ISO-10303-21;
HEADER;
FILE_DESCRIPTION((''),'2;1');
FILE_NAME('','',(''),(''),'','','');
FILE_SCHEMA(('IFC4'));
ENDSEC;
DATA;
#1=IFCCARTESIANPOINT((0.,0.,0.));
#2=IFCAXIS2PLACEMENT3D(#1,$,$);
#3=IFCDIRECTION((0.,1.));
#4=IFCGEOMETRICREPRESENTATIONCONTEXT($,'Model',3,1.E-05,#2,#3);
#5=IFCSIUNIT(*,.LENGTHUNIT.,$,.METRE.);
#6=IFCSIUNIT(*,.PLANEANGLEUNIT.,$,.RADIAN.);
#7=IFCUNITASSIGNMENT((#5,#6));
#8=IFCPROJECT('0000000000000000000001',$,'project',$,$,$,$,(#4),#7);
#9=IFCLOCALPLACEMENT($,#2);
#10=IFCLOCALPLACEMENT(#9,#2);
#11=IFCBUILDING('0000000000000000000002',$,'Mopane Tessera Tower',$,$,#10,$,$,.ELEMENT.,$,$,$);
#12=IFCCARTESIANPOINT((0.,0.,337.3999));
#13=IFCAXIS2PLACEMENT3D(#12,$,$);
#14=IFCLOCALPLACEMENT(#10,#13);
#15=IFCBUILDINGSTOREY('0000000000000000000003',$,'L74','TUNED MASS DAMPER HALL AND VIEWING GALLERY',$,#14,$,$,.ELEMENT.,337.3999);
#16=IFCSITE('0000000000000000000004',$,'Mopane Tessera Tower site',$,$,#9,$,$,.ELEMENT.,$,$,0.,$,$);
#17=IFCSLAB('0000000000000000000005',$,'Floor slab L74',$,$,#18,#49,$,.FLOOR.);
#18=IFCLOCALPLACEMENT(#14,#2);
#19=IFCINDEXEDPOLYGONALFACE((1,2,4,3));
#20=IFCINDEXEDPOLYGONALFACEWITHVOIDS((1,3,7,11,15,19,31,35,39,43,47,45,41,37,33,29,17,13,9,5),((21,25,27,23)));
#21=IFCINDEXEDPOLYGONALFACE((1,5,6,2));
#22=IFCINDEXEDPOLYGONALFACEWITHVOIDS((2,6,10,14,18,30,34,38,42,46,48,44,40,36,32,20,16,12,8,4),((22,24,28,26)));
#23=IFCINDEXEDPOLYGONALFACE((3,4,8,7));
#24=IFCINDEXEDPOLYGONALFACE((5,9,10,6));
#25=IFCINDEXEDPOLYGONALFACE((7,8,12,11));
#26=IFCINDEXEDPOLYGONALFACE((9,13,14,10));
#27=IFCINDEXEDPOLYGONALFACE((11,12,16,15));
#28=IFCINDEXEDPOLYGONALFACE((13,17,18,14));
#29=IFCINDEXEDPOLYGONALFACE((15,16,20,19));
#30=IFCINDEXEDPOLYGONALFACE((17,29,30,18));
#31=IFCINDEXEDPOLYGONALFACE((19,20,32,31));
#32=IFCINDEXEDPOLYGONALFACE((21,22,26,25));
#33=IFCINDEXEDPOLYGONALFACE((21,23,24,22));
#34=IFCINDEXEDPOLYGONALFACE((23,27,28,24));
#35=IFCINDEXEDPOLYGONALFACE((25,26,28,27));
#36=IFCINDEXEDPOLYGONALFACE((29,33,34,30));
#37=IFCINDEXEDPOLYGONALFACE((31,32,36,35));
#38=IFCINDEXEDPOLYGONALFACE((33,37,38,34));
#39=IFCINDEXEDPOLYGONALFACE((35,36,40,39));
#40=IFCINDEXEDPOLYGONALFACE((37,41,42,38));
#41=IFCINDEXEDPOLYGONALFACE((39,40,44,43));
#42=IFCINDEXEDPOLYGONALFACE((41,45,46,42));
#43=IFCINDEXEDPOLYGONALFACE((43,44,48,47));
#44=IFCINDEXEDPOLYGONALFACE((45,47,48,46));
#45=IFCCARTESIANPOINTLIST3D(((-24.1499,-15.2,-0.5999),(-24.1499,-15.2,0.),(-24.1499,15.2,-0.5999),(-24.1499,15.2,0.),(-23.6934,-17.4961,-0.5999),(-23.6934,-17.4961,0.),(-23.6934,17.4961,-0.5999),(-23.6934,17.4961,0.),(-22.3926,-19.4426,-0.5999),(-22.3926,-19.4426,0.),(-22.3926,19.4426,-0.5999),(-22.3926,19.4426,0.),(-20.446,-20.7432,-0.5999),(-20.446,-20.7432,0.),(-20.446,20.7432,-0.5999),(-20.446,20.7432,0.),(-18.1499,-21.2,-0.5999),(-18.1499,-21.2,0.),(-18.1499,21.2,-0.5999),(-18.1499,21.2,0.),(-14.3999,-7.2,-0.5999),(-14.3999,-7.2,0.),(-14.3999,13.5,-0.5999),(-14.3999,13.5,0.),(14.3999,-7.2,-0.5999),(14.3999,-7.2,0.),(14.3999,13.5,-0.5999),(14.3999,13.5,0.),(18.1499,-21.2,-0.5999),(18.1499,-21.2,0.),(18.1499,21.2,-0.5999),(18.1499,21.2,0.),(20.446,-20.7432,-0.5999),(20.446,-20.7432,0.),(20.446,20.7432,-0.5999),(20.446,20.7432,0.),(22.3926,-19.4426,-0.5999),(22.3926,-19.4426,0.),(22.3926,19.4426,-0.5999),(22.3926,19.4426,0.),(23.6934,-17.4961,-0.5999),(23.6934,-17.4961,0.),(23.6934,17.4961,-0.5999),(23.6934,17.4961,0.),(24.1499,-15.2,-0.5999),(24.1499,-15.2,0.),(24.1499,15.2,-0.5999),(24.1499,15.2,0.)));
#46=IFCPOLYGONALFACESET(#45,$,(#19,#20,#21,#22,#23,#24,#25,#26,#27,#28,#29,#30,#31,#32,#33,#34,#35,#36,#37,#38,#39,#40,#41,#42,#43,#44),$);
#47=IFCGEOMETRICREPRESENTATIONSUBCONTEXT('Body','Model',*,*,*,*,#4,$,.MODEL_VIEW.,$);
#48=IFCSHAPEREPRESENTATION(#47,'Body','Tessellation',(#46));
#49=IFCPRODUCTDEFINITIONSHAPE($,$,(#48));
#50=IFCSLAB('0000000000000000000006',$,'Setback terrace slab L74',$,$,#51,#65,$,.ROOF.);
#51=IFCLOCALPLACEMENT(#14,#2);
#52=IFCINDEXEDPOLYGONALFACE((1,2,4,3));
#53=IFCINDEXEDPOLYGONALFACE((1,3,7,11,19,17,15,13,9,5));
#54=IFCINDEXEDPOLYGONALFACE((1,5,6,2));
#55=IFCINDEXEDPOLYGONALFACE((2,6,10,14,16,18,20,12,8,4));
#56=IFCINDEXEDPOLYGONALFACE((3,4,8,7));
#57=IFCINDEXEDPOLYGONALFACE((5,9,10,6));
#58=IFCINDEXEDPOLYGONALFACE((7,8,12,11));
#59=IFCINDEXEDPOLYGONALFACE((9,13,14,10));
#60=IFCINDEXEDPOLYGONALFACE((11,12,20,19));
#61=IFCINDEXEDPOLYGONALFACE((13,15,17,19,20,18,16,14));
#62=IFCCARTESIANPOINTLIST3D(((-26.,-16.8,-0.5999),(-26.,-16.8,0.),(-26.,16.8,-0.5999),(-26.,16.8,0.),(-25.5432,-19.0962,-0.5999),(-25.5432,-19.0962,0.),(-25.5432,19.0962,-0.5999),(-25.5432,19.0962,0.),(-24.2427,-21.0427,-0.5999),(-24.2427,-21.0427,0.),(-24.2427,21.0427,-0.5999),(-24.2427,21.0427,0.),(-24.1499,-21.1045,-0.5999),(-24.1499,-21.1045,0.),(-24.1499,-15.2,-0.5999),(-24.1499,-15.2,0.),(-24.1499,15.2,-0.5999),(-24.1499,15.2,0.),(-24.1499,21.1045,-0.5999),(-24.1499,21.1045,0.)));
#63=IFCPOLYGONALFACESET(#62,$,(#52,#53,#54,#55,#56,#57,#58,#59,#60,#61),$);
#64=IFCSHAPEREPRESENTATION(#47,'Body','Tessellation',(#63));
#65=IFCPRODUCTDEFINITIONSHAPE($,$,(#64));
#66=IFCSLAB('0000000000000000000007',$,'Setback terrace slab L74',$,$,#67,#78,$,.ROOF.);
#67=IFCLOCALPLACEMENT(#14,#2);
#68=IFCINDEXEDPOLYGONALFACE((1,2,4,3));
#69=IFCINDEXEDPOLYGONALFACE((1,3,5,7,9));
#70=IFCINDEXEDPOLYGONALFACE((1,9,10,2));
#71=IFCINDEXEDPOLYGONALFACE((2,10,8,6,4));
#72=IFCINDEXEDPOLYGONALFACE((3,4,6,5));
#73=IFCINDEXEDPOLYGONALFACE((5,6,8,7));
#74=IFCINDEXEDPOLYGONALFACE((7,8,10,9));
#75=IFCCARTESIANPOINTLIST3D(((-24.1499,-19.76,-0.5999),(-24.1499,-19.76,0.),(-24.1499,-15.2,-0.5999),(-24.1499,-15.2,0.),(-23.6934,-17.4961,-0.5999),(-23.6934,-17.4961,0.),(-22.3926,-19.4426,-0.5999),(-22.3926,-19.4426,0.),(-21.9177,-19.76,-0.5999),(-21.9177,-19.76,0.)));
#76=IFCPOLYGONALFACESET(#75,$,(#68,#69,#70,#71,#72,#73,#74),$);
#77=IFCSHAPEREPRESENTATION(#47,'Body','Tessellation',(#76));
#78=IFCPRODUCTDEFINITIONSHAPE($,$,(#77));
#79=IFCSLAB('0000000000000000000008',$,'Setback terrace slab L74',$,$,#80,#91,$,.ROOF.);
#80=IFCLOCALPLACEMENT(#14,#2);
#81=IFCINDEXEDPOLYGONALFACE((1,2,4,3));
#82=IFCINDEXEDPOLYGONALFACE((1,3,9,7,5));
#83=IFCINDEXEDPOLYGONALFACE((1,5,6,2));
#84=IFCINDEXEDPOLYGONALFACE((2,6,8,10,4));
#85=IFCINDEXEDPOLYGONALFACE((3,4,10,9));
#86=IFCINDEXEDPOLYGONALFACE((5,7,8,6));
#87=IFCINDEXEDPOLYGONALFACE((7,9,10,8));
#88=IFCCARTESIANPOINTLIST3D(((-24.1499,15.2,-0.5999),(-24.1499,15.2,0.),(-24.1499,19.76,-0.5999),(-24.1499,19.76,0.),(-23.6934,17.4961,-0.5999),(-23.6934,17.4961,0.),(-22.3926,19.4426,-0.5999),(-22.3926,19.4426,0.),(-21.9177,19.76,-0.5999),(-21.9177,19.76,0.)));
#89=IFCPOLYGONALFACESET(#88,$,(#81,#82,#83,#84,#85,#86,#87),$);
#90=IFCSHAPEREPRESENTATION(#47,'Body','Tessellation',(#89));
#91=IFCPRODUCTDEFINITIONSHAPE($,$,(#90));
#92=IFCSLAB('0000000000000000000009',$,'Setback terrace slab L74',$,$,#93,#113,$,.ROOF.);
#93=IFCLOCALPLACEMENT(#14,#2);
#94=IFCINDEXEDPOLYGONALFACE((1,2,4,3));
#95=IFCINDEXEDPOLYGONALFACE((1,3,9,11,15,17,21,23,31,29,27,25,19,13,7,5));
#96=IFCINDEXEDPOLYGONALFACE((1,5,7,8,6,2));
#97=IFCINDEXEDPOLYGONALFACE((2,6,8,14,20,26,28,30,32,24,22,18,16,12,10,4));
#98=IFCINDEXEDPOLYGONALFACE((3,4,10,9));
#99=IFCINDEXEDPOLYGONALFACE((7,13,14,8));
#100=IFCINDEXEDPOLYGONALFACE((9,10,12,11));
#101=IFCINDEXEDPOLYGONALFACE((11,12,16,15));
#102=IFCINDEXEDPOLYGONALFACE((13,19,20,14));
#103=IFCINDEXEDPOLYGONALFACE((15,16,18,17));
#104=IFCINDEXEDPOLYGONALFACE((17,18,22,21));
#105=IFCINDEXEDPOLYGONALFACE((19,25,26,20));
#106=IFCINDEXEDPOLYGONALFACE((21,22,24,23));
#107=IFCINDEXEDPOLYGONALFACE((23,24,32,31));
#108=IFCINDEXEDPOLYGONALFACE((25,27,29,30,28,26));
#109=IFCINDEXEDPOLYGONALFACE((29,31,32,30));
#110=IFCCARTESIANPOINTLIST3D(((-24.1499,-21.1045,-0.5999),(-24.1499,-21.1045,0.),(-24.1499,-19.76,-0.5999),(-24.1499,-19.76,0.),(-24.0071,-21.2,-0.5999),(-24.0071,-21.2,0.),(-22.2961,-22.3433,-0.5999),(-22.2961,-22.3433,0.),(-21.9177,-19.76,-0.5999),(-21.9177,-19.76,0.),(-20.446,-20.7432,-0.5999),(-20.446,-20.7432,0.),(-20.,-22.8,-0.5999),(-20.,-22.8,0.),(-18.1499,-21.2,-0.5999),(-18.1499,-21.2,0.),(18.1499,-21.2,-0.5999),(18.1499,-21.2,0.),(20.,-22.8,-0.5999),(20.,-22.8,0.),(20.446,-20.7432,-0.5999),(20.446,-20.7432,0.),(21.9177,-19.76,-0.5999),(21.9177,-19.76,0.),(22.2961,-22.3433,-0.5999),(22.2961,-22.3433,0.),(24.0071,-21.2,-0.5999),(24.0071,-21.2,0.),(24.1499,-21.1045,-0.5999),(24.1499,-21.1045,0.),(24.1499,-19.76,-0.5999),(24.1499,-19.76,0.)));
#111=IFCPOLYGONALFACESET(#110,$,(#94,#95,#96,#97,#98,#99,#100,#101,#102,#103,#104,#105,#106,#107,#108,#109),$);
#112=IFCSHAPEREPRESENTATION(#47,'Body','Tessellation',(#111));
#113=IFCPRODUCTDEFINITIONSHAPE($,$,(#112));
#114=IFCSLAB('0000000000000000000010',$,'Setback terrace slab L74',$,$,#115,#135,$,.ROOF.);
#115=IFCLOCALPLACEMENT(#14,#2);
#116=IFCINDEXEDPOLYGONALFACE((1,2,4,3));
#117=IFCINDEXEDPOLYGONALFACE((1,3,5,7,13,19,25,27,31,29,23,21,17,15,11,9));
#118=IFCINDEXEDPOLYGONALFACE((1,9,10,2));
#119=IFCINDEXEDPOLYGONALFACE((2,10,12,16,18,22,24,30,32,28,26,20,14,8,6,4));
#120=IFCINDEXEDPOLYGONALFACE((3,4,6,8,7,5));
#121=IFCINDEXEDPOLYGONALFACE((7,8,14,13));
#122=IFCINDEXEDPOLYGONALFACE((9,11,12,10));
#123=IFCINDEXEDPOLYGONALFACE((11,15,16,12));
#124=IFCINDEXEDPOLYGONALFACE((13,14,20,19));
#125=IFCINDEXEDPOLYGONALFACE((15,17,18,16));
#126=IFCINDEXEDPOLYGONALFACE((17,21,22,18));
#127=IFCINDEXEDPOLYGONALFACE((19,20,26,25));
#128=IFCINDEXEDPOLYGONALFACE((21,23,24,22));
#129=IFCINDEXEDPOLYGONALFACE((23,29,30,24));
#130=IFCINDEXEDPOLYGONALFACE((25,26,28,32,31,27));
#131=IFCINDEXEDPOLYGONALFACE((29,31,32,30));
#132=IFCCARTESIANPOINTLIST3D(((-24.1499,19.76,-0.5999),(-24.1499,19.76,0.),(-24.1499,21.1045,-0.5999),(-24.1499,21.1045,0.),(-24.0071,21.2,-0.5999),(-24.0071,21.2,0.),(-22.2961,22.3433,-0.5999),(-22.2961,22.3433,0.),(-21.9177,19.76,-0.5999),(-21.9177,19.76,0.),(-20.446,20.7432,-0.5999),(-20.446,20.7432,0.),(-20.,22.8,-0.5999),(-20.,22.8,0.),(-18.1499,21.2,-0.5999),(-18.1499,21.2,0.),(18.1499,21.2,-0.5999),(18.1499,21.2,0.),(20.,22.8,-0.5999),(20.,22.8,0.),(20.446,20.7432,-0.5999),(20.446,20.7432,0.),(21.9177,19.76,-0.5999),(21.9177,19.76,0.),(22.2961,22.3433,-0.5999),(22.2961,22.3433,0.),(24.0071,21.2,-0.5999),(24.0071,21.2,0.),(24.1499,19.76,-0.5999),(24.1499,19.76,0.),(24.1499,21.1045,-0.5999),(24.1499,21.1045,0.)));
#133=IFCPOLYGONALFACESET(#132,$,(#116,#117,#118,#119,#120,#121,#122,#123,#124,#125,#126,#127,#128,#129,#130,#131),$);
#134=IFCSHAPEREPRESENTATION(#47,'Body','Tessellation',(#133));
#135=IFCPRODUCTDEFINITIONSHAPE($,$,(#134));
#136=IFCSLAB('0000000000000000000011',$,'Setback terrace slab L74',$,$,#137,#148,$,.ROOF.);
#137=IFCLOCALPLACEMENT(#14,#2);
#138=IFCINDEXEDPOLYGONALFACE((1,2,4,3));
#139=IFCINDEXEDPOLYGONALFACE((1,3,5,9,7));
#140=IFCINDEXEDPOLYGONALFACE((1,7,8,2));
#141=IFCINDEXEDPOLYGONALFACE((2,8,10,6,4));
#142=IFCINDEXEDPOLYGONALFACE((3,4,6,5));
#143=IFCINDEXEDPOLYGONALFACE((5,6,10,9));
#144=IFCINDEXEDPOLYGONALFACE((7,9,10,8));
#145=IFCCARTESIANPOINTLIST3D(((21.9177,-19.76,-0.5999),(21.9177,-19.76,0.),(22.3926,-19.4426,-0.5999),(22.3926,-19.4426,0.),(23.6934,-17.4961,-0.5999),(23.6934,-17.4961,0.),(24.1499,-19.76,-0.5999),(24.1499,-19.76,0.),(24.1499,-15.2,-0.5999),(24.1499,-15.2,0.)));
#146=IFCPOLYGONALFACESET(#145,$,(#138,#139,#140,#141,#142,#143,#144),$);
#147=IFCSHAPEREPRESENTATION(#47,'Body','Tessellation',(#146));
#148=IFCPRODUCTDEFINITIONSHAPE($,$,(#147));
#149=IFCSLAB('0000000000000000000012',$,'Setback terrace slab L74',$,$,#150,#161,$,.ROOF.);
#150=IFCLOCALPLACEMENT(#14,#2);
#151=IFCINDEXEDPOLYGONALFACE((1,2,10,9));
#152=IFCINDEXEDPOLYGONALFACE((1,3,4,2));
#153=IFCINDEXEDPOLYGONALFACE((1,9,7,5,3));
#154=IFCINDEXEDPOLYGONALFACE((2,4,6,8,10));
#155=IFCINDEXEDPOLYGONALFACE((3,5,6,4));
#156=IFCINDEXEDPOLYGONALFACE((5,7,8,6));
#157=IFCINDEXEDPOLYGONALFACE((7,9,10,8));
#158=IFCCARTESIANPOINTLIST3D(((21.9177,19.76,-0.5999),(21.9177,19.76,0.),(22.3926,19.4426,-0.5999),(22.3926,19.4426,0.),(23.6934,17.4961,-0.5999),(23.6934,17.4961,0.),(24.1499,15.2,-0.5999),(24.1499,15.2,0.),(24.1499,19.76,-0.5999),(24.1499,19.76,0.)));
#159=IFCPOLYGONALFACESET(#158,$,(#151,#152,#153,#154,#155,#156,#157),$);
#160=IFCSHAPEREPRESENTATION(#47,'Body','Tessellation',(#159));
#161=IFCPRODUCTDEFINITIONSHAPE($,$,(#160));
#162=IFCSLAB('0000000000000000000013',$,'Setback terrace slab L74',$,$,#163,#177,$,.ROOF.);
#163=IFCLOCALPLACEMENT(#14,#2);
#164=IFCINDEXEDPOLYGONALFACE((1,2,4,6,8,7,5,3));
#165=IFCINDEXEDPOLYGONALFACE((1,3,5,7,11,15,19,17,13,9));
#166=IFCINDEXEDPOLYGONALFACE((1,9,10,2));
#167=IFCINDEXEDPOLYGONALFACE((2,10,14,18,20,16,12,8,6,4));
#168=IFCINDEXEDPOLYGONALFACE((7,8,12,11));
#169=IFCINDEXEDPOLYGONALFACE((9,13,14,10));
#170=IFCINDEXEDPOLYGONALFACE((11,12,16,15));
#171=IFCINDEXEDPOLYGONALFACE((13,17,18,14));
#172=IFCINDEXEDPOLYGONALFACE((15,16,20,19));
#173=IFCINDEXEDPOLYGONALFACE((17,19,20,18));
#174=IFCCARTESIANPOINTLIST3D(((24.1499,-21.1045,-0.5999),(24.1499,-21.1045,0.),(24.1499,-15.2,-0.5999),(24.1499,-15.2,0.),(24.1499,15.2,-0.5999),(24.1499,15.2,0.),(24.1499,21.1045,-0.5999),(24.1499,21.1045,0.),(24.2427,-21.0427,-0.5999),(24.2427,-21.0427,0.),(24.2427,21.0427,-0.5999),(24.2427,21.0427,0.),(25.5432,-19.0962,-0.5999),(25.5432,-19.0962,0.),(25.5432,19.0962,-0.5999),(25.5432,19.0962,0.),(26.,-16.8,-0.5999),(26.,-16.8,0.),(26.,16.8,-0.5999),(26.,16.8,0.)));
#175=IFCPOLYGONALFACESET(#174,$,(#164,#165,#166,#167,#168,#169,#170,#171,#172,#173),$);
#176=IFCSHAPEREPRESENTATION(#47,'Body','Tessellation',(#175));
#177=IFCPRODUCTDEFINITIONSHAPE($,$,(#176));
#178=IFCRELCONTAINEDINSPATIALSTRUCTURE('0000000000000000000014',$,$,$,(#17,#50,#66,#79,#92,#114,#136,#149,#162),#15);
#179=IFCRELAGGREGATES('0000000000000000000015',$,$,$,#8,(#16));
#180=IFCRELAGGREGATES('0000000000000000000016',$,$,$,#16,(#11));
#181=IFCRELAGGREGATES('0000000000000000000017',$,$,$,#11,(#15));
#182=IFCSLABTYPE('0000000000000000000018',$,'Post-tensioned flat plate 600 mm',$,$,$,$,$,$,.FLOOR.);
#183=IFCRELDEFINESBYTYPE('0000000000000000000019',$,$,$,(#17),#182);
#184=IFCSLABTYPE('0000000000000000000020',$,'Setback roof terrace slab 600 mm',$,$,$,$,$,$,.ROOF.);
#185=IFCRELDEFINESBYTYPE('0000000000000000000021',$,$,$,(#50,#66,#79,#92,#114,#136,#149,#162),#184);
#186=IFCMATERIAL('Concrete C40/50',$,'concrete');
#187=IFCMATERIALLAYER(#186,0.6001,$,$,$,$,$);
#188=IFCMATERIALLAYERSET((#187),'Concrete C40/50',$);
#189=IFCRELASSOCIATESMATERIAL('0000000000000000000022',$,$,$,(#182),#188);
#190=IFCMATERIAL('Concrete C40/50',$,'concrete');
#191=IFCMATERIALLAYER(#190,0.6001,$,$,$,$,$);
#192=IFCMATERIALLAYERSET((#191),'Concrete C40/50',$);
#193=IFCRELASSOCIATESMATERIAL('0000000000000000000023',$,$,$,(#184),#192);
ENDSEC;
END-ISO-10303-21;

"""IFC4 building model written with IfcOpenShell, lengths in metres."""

from ifc_helpers import new_model, si_unit, direction, frame, origin, place, context, subcontext, project, spatial, polyline, outline, extrude, material, layer, layer_set, type_object, element, save


model = new_model("IFC4")

# Units and contexts
model_context = context("Model", 3, precision=1e-05, world=origin(), true_north=direction((0.0, 1.0)))
body_context = subcontext(model_context, "Body", "Model", "MODEL_VIEW")
ifc_project = project(units=[si_unit("LENGTHUNIT", "METRE"), si_unit("PLANEANGLEUNIT", "RADIAN")], contexts=[model_context])

# Site, building, storey
site_placement = place(None, origin())
site = spatial("IfcSite", under=ifc_project, at=site_placement, Name="Mopane Tessera Tower site", CompositionType="ELEMENT", RefElevation=0.0)
building_placement = place(site_placement, origin())
building = spatial("IfcBuilding", under=site, at=building_placement, Name="Mopane Tessera Tower", CompositionType="ELEMENT")
storey_placement = place(building_placement, frame((0.0, 0.0, 337.3999)))
storey = spatial("IfcBuildingStorey", under=building, at=storey_placement, Name="L74", Description="TUNED MASS DAMPER HALL AND VIEWING GALLERY", CompositionType="ELEMENT", Elevation=337.3999)

# Slabs
ifc_material_1 = material(Name="Concrete C40/50", Category="concrete")
ifc_layer_1 = layer(ifc_material_1, 0.6001)
ifc_layer_set_1 = layer_set([ifc_layer_1], Name="Concrete C40/50")
slab_type_1 = type_object("IfcSlabType", Name="Post-tensioned flat plate 600 mm", PredefinedType="FLOOR", material=ifc_layer_set_1)
slab_1_placement = place(storey_placement, frame((0.0, 0.0, -0.5999)))
element("IfcSlab", 1, at=slab_1_placement, inside=storey, type_object=slab_type_1, Name="Floor slab L74", PredefinedType="FLOOR", context=body_context, shape_type="SweptSolid", body=[
    extrude(outline(polyline([(-18.1499, -21.2), (18.1499, -21.2), (20.446, -20.7432), (22.3926, -19.4426), (23.6934, -17.4961), (24.1499, -15.2), (24.1499, 15.2), (23.6934, 17.4961), (22.3926, 19.4426), (20.446, 20.7432), (18.1499, 21.2), (-18.1499, 21.2), (-20.446, 20.7432), (-22.3926, 19.4426), (-23.6934, 17.4961), (-24.1499, 15.2), (-24.1499, -15.2), (-23.6934, -17.4961), (-22.3926, -19.4426), (-20.446, -20.7432), (-18.1499, -21.2)]), holes=[polyline([(14.3999, -7.2), (-14.3999, -7.2), (-14.3999, 13.5), (14.3999, 13.5), (14.3999, -7.2)])]), origin(), (0.0, 0.0, 1.0), 0.5999),
])
ifc_material_2 = material(Name="Concrete C40/50", Category="concrete")
ifc_layer_2 = layer(ifc_material_2, 0.6001)
ifc_layer_set_2 = layer_set([ifc_layer_2], Name="Concrete C40/50")
slab_type_2 = type_object("IfcSlabType", Name="Setback roof terrace slab 600 mm", PredefinedType="ROOF", material=ifc_layer_set_2)
slab_2_placement = place(storey_placement, frame((0.0, 0.0, -0.5999)))
element("IfcSlab", 2, at=slab_2_placement, inside=storey, type_object=slab_type_2, Name="Setback terrace slab L74", PredefinedType="ROOF", context=body_context, shape_type="SweptSolid", body=[
    extrude(outline(polyline([(-24.1499, -21.1045), (-24.1499, -15.2), (-24.1499, 15.2), (-24.1499, 21.1045), (-24.2427, 21.0427), (-25.5432, 19.0962), (-26.0, 16.8), (-26.0, -16.8), (-25.5432, -19.0962), (-24.2427, -21.0427), (-24.1499, -21.1045)])), origin(), (0.0, 0.0, 1.0), 0.5999),
])
slab_3_placement = place(storey_placement, frame((0.0, 0.0, -0.5999)))
element("IfcSlab", 3, at=slab_3_placement, inside=storey, type_object=slab_type_2, Name="Setback terrace slab L74", PredefinedType="ROOF", context=body_context, shape_type="SweptSolid", body=[
    extrude(outline(polyline([(-24.1499, -15.2), (-24.1499, -19.76), (-21.9177, -19.76), (-22.3926, -19.4426), (-23.6934, -17.4961), (-24.1499, -15.2)])), origin(), (0.0, 0.0, 1.0), 0.5999),
])
slab_4_placement = place(storey_placement, frame((0.0, 0.0, -0.5999)))
element("IfcSlab", 4, at=slab_4_placement, inside=storey, type_object=slab_type_2, Name="Setback terrace slab L74", PredefinedType="ROOF", context=body_context, shape_type="SweptSolid", body=[
    extrude(outline(polyline([(-21.9177, 19.76), (-24.1499, 19.76), (-24.1499, 15.2), (-23.6934, 17.4961), (-22.3926, 19.4426), (-21.9177, 19.76)])), origin(), (0.0, 0.0, 1.0), 0.5999),
])
slab_5_placement = place(storey_placement, frame((0.0, 0.0, -0.5999)))
element("IfcSlab", 5, at=slab_5_placement, inside=storey, type_object=slab_type_2, Name="Setback terrace slab L74", PredefinedType="ROOF", context=body_context, shape_type="SweptSolid", body=[
    extrude(outline(polyline([(-18.1499, -21.2), (-20.446, -20.7432), (-21.9177, -19.76), (-24.1499, -19.76), (-24.1499, -21.1045), (-24.0071, -21.2), (-22.2961, -22.3433), (-20.0, -22.8), (20.0, -22.8), (22.2961, -22.3433), (24.0071, -21.2), (24.1499, -21.1045), (24.1499, -19.76), (21.9177, -19.76), (20.446, -20.7432), (18.1499, -21.2), (-18.1499, -21.2)])), origin(), (0.0, 0.0, 1.0), 0.5999),
])
slab_6_placement = place(storey_placement, frame((0.0, 0.0, -0.5999)))
element("IfcSlab", 6, at=slab_6_placement, inside=storey, type_object=slab_type_2, Name="Setback terrace slab L74", PredefinedType="ROOF", context=body_context, shape_type="SweptSolid", body=[
    extrude(outline(polyline([(18.1499, 21.2), (20.446, 20.7432), (21.9177, 19.76), (24.1499, 19.76), (24.1499, 21.1045), (24.0071, 21.2), (22.2961, 22.3433), (20.0, 22.8), (-20.0, 22.8), (-22.2961, 22.3433), (-24.0071, 21.2), (-24.1499, 21.1045), (-24.1499, 19.76), (-21.9177, 19.76), (-20.446, 20.7432), (-18.1499, 21.2), (18.1499, 21.2)])), origin(), (0.0, 0.0, 1.0), 0.5999),
])
slab_7_placement = place(storey_placement, frame((0.0, 0.0, -0.5999)))
element("IfcSlab", 7, at=slab_7_placement, inside=storey, type_object=slab_type_2, Name="Setback terrace slab L74", PredefinedType="ROOF", context=body_context, shape_type="SweptSolid", body=[
    extrude(outline(polyline([(21.9177, -19.76), (24.1499, -19.76), (24.1499, -15.2), (23.6934, -17.4961), (22.3926, -19.4426), (21.9177, -19.76)])), origin(), (0.0, 0.0, 1.0), 0.5999),
])
slab_8_placement = place(storey_placement, frame((0.0, 0.0, -0.5999)))
element("IfcSlab", 8, at=slab_8_placement, inside=storey, type_object=slab_type_2, Name="Setback terrace slab L74", PredefinedType="ROOF", context=body_context, shape_type="SweptSolid", body=[
    extrude(outline(polyline([(24.1499, 15.2), (24.1499, 19.76), (21.9177, 19.76), (22.3926, 19.4426), (23.6934, 17.4961), (24.1499, 15.2)])), origin(), (0.0, 0.0, 1.0), 0.5999),
])
slab_9_placement = place(storey_placement, frame((0.0, 0.0, -0.5999)))
element("IfcSlab", 9, at=slab_9_placement, inside=storey, type_object=slab_type_2, Name="Setback terrace slab L74", PredefinedType="ROOF", context=body_context, shape_type="SweptSolid", body=[
    extrude(outline(polyline([(24.1499, 21.1045), (24.1499, 15.2), (24.1499, -15.2), (24.1499, -21.1045), (24.2427, -21.0427), (25.5432, -19.0962), (26.0, -16.8), (26.0, 16.8), (25.5432, 19.0962), (24.2427, 21.0427), (24.1499, 21.1045)])), origin(), (0.0, 0.0, 1.0), 0.5999),
])

save(model, "model.ifc")
